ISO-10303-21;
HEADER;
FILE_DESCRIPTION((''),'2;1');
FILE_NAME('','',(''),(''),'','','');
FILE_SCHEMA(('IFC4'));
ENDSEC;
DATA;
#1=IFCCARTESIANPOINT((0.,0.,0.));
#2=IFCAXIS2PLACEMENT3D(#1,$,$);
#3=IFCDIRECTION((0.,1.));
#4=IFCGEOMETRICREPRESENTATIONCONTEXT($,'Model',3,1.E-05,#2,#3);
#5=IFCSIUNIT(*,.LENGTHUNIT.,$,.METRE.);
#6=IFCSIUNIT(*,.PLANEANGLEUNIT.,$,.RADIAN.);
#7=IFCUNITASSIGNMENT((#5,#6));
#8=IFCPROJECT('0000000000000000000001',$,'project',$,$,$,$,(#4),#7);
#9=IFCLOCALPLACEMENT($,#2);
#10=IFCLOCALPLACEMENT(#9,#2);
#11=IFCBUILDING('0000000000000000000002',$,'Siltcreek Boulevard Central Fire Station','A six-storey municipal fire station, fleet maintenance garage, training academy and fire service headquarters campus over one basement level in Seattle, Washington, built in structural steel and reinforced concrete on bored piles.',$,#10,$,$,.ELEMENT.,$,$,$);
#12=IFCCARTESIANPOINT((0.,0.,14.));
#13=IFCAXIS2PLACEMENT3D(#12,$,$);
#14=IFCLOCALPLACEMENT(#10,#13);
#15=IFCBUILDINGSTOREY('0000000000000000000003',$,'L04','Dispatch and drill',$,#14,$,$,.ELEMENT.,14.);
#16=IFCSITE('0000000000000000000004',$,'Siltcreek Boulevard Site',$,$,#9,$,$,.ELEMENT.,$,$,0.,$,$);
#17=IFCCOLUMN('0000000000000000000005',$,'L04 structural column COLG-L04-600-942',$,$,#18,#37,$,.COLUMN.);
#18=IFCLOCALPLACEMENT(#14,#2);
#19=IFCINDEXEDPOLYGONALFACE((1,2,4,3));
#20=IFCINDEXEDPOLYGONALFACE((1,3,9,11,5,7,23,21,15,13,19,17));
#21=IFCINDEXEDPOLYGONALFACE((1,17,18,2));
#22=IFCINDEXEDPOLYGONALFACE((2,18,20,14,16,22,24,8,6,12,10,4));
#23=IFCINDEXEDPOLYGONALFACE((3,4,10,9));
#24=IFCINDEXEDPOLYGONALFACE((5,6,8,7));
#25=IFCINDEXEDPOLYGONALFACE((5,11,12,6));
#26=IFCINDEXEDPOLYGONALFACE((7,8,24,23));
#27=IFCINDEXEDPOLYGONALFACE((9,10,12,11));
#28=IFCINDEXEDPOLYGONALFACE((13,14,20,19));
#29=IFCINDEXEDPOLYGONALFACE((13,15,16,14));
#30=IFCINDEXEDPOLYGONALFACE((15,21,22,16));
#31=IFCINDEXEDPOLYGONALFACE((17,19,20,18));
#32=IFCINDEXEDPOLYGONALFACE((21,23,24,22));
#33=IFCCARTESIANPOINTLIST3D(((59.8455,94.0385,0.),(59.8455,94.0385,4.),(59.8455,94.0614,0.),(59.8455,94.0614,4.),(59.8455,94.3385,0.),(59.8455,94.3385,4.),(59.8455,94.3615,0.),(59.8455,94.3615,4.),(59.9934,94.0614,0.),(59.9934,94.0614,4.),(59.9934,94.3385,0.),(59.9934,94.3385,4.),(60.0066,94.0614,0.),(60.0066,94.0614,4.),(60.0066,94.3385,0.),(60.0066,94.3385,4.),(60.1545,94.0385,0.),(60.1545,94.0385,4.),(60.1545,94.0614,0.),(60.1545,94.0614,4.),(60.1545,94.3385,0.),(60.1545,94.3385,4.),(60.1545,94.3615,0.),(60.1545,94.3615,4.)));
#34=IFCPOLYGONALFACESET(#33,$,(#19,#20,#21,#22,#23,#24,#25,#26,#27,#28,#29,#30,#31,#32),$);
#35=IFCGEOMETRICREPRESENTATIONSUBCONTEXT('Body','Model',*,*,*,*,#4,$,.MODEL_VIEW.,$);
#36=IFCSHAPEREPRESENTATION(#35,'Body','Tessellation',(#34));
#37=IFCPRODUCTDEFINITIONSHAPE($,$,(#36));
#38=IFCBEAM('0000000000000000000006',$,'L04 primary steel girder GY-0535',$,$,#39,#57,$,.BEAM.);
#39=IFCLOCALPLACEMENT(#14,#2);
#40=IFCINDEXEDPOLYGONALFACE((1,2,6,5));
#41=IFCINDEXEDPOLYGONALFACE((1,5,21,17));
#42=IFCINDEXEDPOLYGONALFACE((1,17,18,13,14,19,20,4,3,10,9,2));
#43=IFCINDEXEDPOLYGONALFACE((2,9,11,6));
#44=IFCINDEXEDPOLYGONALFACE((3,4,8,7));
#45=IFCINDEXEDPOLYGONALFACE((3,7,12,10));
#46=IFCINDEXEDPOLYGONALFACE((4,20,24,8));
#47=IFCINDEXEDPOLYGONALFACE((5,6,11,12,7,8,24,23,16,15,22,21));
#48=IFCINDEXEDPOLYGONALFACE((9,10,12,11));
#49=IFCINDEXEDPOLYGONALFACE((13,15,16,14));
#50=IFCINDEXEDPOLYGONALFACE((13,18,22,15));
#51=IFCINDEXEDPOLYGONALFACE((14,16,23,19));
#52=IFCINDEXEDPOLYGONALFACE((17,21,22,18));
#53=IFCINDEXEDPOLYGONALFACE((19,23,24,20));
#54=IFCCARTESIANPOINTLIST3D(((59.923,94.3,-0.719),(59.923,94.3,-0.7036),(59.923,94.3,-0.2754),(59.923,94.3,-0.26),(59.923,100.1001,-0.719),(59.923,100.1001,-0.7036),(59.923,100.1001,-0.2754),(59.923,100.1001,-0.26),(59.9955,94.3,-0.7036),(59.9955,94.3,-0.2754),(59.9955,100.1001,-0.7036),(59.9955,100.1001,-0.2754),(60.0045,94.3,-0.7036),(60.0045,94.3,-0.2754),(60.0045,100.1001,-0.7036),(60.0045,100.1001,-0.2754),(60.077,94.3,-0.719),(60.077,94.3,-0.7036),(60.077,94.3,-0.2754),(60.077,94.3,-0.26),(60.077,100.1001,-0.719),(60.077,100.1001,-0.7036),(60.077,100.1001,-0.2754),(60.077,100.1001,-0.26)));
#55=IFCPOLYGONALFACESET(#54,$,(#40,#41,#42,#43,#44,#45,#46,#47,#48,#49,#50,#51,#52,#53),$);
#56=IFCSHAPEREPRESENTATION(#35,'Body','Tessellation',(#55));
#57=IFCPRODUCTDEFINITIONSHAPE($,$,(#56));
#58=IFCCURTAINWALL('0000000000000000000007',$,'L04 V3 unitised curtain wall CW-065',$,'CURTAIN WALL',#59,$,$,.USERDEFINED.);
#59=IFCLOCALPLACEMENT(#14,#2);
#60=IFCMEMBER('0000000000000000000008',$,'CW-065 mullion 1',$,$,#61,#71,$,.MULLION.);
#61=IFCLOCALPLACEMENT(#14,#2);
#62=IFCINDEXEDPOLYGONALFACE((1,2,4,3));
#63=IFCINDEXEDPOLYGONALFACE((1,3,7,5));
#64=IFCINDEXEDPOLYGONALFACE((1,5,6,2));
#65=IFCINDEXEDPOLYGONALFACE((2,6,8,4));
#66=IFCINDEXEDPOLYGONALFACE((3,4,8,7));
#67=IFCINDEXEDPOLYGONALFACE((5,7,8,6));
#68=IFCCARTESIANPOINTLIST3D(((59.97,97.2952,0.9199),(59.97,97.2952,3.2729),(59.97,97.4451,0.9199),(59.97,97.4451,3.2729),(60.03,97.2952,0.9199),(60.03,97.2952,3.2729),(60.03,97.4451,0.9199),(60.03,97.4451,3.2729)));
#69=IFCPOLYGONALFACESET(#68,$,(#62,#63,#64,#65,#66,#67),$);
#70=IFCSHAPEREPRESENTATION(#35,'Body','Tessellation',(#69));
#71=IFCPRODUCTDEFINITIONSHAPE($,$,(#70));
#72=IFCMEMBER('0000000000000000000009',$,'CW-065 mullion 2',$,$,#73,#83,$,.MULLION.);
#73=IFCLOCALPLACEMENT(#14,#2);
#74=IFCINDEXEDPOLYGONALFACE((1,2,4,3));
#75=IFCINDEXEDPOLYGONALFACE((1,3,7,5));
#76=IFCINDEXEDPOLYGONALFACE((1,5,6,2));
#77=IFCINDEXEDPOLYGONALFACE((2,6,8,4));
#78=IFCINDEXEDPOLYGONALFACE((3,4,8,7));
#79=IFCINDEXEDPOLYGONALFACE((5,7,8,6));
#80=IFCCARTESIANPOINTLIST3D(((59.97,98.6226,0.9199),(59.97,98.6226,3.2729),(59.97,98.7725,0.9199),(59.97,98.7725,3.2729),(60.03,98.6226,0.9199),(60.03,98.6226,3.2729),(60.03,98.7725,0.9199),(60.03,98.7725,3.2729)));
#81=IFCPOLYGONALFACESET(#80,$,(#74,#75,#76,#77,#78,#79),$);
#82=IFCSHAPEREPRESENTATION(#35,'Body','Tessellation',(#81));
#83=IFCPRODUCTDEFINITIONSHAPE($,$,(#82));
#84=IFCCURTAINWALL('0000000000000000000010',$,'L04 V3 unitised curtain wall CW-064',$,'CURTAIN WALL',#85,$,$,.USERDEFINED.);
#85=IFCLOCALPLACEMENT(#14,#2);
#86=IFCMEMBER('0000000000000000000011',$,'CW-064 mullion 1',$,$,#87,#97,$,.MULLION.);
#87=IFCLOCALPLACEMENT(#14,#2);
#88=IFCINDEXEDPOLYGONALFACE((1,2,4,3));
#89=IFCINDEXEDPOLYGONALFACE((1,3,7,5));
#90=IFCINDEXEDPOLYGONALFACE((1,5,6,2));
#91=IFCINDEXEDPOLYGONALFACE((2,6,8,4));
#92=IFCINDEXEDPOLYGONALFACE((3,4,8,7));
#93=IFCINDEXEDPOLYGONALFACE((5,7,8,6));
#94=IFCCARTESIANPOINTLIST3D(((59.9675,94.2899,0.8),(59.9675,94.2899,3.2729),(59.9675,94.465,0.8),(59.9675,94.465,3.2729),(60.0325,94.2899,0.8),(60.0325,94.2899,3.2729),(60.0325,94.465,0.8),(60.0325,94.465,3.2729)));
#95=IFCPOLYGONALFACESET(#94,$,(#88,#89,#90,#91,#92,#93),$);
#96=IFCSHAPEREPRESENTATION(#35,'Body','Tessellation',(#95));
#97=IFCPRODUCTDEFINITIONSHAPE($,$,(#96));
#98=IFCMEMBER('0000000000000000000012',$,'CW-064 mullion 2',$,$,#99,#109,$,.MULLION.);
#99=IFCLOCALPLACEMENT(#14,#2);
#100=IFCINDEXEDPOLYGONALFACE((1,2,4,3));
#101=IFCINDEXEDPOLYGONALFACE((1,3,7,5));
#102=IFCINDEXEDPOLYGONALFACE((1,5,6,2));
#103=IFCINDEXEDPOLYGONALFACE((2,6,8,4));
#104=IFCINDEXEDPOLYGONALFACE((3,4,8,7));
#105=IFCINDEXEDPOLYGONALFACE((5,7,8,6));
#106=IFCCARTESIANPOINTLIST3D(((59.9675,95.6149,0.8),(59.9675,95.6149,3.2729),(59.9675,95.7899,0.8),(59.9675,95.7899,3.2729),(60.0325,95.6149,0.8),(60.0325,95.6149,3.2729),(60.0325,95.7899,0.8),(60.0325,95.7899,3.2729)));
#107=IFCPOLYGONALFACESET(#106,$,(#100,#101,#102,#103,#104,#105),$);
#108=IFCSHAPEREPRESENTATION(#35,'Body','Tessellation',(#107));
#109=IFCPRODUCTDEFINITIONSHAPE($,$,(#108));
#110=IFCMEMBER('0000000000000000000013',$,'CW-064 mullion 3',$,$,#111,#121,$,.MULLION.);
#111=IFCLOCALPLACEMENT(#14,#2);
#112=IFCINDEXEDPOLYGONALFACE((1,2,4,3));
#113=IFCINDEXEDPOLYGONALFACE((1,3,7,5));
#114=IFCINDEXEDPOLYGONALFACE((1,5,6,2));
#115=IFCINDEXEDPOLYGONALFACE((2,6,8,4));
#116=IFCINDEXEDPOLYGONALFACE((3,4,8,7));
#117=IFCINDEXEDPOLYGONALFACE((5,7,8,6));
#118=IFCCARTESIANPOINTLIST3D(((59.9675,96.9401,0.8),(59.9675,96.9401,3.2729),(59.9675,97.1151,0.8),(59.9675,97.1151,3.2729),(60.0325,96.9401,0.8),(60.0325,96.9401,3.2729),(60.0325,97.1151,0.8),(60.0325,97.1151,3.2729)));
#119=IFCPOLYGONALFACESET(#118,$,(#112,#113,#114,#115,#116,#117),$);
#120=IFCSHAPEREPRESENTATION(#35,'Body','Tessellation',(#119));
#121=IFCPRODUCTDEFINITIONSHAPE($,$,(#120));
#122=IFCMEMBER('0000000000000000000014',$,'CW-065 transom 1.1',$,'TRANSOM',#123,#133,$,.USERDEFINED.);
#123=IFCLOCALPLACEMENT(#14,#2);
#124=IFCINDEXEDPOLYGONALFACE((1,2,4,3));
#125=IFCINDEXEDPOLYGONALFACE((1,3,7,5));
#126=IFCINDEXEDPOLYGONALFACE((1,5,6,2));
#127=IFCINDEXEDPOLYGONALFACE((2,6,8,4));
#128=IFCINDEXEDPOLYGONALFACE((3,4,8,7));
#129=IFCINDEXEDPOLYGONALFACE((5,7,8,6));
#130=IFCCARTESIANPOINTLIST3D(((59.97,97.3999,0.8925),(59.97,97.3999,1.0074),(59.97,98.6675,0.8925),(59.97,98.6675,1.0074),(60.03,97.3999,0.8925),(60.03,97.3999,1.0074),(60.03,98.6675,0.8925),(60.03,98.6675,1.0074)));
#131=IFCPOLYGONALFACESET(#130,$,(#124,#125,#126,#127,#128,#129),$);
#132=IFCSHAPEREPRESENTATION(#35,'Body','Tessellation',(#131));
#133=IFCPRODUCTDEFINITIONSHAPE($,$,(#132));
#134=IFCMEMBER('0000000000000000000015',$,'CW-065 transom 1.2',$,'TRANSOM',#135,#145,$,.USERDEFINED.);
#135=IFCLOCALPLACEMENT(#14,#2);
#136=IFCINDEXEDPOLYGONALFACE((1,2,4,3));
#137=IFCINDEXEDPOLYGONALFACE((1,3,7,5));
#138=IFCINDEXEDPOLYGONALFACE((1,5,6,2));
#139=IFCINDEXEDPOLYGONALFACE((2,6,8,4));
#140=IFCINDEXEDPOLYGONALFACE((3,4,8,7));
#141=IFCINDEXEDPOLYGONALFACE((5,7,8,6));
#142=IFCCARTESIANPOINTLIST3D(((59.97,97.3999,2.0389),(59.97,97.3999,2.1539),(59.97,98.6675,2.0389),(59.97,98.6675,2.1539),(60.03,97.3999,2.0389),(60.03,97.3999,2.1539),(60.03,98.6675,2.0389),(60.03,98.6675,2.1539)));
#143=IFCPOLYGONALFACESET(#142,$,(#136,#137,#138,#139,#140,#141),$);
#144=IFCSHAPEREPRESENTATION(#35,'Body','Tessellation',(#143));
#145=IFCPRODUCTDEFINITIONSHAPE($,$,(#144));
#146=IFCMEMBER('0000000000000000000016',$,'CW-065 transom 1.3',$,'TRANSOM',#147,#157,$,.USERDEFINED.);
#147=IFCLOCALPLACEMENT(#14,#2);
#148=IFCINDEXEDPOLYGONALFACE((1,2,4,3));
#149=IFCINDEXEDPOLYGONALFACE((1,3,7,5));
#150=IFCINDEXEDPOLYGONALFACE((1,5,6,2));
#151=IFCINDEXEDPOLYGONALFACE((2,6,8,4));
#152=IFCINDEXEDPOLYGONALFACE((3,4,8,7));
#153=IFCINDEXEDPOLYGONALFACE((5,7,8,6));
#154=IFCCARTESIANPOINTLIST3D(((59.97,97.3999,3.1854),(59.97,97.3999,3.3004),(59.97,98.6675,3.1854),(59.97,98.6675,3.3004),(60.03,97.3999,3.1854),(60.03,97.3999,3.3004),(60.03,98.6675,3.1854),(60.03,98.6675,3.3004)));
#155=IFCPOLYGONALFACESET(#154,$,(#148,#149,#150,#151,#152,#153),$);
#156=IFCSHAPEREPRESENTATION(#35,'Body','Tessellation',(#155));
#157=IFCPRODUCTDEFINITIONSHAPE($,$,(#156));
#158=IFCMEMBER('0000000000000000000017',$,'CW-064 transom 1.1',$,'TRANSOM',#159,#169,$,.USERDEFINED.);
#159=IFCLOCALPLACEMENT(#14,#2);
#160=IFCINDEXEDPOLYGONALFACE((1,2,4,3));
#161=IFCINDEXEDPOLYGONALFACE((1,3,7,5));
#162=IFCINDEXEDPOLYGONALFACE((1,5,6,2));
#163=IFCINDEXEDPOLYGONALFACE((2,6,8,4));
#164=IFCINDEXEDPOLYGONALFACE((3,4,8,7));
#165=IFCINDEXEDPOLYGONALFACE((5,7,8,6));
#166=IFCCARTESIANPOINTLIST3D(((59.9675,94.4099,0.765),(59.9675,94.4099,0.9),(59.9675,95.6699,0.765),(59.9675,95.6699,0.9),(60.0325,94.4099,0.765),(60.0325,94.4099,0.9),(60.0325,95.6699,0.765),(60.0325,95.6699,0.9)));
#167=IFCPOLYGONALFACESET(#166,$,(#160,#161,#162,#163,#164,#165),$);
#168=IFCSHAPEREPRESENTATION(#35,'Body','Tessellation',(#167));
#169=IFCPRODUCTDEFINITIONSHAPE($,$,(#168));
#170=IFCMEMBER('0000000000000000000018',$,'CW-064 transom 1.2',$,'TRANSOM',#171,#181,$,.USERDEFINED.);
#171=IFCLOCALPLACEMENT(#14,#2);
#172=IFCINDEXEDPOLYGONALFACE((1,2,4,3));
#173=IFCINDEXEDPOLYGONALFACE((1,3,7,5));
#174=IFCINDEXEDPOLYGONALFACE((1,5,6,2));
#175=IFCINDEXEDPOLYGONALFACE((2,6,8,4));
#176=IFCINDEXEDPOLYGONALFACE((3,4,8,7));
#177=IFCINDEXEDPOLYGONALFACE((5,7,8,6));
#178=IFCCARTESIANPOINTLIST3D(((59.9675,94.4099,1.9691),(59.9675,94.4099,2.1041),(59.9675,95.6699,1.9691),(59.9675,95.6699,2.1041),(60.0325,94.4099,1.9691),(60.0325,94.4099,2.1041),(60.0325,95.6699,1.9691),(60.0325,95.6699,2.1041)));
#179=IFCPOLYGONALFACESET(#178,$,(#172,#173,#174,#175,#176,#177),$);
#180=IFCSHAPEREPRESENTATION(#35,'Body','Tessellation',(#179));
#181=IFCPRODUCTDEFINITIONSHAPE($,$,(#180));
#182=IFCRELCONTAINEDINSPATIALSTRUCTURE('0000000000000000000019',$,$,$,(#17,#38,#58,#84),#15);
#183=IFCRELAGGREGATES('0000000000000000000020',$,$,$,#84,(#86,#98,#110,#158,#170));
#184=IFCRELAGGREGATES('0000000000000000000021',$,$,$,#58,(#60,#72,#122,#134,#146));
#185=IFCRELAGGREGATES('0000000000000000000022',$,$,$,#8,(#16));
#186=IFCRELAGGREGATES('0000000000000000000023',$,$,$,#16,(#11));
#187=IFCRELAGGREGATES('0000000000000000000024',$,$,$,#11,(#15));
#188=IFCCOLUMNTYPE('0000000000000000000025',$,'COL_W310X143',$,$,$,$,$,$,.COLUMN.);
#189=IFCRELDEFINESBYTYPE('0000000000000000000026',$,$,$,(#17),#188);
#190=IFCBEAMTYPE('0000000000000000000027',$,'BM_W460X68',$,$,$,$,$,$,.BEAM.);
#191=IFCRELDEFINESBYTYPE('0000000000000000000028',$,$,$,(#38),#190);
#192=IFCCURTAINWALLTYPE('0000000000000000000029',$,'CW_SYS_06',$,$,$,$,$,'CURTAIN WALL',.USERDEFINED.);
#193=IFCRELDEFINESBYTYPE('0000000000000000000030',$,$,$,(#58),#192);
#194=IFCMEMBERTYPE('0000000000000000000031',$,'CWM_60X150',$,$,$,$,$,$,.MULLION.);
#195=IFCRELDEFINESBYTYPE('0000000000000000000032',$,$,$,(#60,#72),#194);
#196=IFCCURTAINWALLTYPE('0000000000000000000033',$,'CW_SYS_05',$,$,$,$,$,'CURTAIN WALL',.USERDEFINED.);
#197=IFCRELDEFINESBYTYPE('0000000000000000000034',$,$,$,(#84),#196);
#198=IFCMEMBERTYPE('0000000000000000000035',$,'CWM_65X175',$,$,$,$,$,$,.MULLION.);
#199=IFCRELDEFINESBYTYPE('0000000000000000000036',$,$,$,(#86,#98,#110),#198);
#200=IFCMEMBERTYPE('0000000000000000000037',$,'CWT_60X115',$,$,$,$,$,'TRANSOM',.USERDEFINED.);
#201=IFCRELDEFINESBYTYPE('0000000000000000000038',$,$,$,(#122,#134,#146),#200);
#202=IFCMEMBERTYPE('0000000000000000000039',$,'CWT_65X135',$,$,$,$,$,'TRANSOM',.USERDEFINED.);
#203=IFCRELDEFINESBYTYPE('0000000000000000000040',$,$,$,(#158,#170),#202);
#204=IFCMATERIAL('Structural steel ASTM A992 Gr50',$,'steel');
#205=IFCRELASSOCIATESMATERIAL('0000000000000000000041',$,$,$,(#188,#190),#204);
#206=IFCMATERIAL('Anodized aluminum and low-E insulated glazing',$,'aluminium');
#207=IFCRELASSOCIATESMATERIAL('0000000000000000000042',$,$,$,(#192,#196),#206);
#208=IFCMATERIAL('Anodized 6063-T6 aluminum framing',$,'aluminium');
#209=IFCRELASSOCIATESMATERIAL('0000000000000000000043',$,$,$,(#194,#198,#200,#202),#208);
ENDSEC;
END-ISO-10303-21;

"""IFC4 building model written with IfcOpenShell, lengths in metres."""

from ifc_helpers import new_model, si_unit, direction, frame, origin, origin_2d, place, context, subcontext, project, spatial, rectangle, i_section, extrude, material, material_profile, profile_set, type_object, element, aggregate, save


model = new_model("IFC4")

# Units and contexts
model_context = context("Model", 3, precision=1e-05, world=origin(), true_north=direction((0.0, 1.0)))
body_context = subcontext(model_context, "Body", "Model", "MODEL_VIEW")
ifc_project = project(units=[si_unit("LENGTHUNIT", "METRE"), si_unit("PLANEANGLEUNIT", "RADIAN")], contexts=[model_context])

# Site, building, storey
site_placement = place(None, origin())
site = spatial("IfcSite", under=ifc_project, at=site_placement, Name="Siltcreek Boulevard Site", CompositionType="ELEMENT", RefElevation=0.0)
building_placement = place(site_placement, origin())
building = spatial("IfcBuilding", under=site, at=building_placement, Name="Siltcreek Boulevard Central Fire Station", Description="A six-storey municipal fire station, fleet maintenance garage, training academy and fire service headquarters campus over one basement level in Seattle, Washington, built in structural steel and reinforced concrete on bored piles.", CompositionType="ELEMENT")
storey_placement = place(building_placement, frame((0.0, 0.0, 14.0)))
storey = spatial("IfcBuildingStorey", under=building, at=storey_placement, Name="L04", Description="Dispatch and drill", CompositionType="ELEMENT", Elevation=14.0)

# Column
ifc_material_1 = material(Name="Structural steel ASTM A992 Gr50", Category="steel")
ifc_material_profile_1 = material_profile(ifc_material_1, i_section(OverallWidth=0.3091, OverallDepth=0.323, WebThickness=0.0132, FlangeThickness=0.0229, at=origin_2d()), Name="W310X143")
ifc_profile_set_1 = profile_set([ifc_material_profile_1], Name="Structural steel ASTM A992 Gr50")
column_type = type_object("IfcColumnType", Name="COL_W310X143", PredefinedType="COLUMN", material=ifc_profile_set_1)
column_placement = place(storey_placement, frame((60.0, 94.2, 0.0), z_axis=(0.0, 0.0, 1.0), x_axis=(1.0, 0.0, 0.0)))
element("IfcColumn", 1, at=column_placement, inside=storey, type_object=column_type, Name="L04 structural column COLG-L04-600-942", PredefinedType="COLUMN", context=body_context, shape_type="SweptSolid", body=[
    extrude(i_section(OverallWidth=0.3091, OverallDepth=0.323, WebThickness=0.0132, FlangeThickness=0.0229, at=origin_2d()), origin(), (0.0, 0.0, 1.0), 4.0),
])

# Beam
ifc_material_profile_2 = material_profile(ifc_material_1, i_section(OverallWidth=0.1541, OverallDepth=0.459, WebThickness=0.009, FlangeThickness=0.0154, at=origin_2d()), Name="W460X68")
ifc_profile_set_2 = profile_set([ifc_material_profile_2], Name="Structural steel ASTM A992 Gr50")
beam_type = type_object("IfcBeamType", Name="BM_W460X68", PredefinedType="BEAM", material=ifc_profile_set_2)
beam_placement = place(storey_placement, frame((60.0, 94.3, -0.4895), z_axis=(0.0, 1.0, 0.0), x_axis=(-1.0, 0.0, 0.0)))
element("IfcBeam", 2, at=beam_placement, inside=storey, type_object=beam_type, Name="L04 primary steel girder GY-0535", PredefinedType="BEAM", context=body_context, shape_type="SweptSolid", body=[
    extrude(i_section(OverallWidth=0.1541, OverallDepth=0.459, WebThickness=0.009, FlangeThickness=0.0154, at=origin_2d()), origin(), (0.0, 0.0, 1.0), 5.8),
])

# Curtain walls, members
ifc_material_2 = material(Name="Anodized aluminum and low-E insulated glazing", Category="aluminium")
curtain_wall_type_1 = type_object("IfcCurtainWallType", Name="CW_SYS_06", ElementType="CURTAIN WALL", PredefinedType="USERDEFINED", material=ifc_material_2)
curtain_wall_1_placement = place(storey_placement, origin())
curtain_wall_1 = element("IfcCurtainWall", 3, at=curtain_wall_1_placement, inside=storey, type_object=curtain_wall_type_1, Name="L04 V3 unitised curtain wall CW-065", ObjectType="CURTAIN WALL", PredefinedType="USERDEFINED")
ifc_material_3 = material(Name="Anodized 6063-T6 aluminum framing", Category="aluminium")
ifc_material_profile_3 = material_profile(ifc_material_3, rectangle(XDim=0.0601, YDim=0.1499, at=origin_2d()), Name="MULL60X150")
ifc_profile_set_3 = profile_set([ifc_material_profile_3], Name="Anodized 6063-T6 aluminum framing")
member_type_1 = type_object("IfcMemberType", Name="CWM_60X150", PredefinedType="MULLION", material=ifc_profile_set_3)
member_1_placement = place(storey_placement, frame((60.0, 97.3701, 0.9199), z_axis=(0.0, 0.0, 1.0), x_axis=(-1.0, 0.0, 0.0)))
member_1 = element("IfcMember", 4, at=member_1_placement, type_object=member_type_1, Name="CW-065 mullion 1", PredefinedType="MULLION", context=body_context, shape_type="SweptSolid", body=[
    extrude(rectangle(XDim=0.0601, YDim=0.1499, at=origin_2d()), origin(), (0.0, 0.0, 1.0), 2.353),
])
member_2_placement = place(storey_placement, frame((60.0, 98.6975, 0.9199), z_axis=(0.0, 0.0, 1.0), x_axis=(-1.0, 0.0, 0.0)))
member_2 = element("IfcMember", 5, at=member_2_placement, type_object=member_type_1, Name="CW-065 mullion 2", PredefinedType="MULLION", context=body_context, shape_type="SweptSolid", body=[
    extrude(rectangle(XDim=0.0601, YDim=0.1499, at=origin_2d()), origin(), (0.0, 0.0, 1.0), 2.353),
])
curtain_wall_type_2 = type_object("IfcCurtainWallType", Name="CW_SYS_05", ElementType="CURTAIN WALL", PredefinedType="USERDEFINED", material=ifc_material_2)
curtain_wall_2_placement = place(storey_placement, origin())
curtain_wall_2 = element("IfcCurtainWall", 6, at=curtain_wall_2_placement, inside=storey, type_object=curtain_wall_type_2, Name="L04 V3 unitised curtain wall CW-064", ObjectType="CURTAIN WALL", PredefinedType="USERDEFINED")
ifc_material_profile_4 = material_profile(ifc_material_3, rectangle(XDim=0.0649, YDim=0.175, at=origin_2d()), Name="MULL65X175")
ifc_profile_set_4 = profile_set([ifc_material_profile_4], Name="Anodized 6063-T6 aluminum framing")
member_type_2 = type_object("IfcMemberType", Name="CWM_65X175", PredefinedType="MULLION", material=ifc_profile_set_4)
member_3_placement = place(storey_placement, frame((60.0, 94.3774, 0.8), z_axis=(0.0, 0.0, 1.0), x_axis=(-1.0, 0.0, 0.0)))
member_3 = element("IfcMember", 7, at=member_3_placement, type_object=member_type_2, Name="CW-064 mullion 1", PredefinedType="MULLION", context=body_context, shape_type="SweptSolid", body=[
    extrude(rectangle(XDim=0.0649, YDim=0.175, at=origin_2d()), origin(), (0.0, 0.0, 1.0), 2.4729),
])
member_4_placement = place(storey_placement, frame((60.0, 95.7024, 0.8), z_axis=(0.0, 0.0, 1.0), x_axis=(-1.0, 0.0, 0.0)))
member_4 = element("IfcMember", 8, at=member_4_placement, type_object=member_type_2, Name="CW-064 mullion 2", PredefinedType="MULLION", context=body_context, shape_type="SweptSolid", body=[
    extrude(rectangle(XDim=0.0649, YDim=0.175, at=origin_2d()), origin(), (0.0, 0.0, 1.0), 2.4729),
])
member_5_placement = place(storey_placement, frame((60.0, 97.0276, 0.8), z_axis=(0.0, 0.0, 1.0), x_axis=(-1.0, 0.0, 0.0)))
member_5 = element("IfcMember", 9, at=member_5_placement, type_object=member_type_2, Name="CW-064 mullion 3", PredefinedType="MULLION", context=body_context, shape_type="SweptSolid", body=[
    extrude(rectangle(XDim=0.0649, YDim=0.175, at=origin_2d()), origin(), (0.0, 0.0, 1.0), 2.4729),
])

# Members
ifc_material_profile_5 = material_profile(ifc_material_3, rectangle(XDim=0.0601, YDim=0.115, at=origin_2d()), Name="TRAN60X115")
ifc_profile_set_5 = profile_set([ifc_material_profile_5], Name="Anodized 6063-T6 aluminum framing")
member_type_3 = type_object("IfcMemberType", Name="CWT_60X115", ElementType="TRANSOM", PredefinedType="USERDEFINED", material=ifc_profile_set_5)
member_6_placement = place(storey_placement, frame((60.0, 97.3999, 0.95), z_axis=(0.0, 1.0, 0.0), x_axis=(-1.0, 0.0, 0.0)))
member_6 = element("IfcMember", 10, at=member_6_placement, type_object=member_type_3, Name="CW-065 transom 1.1", ObjectType="TRANSOM", PredefinedType="USERDEFINED", context=body_context, shape_type="SweptSolid", body=[
    extrude(rectangle(XDim=0.0601, YDim=0.115, at=origin_2d()), origin(), (0.0, 0.0, 1.0), 1.2676),
])
member_7_placement = place(storey_placement, frame((60.0, 97.3999, 2.0964), z_axis=(0.0, 1.0, 0.0), x_axis=(-1.0, 0.0, 0.0)))
member_7 = element("IfcMember", 11, at=member_7_placement, type_object=member_type_3, Name="CW-065 transom 1.2", ObjectType="TRANSOM", PredefinedType="USERDEFINED", context=body_context, shape_type="SweptSolid", body=[
    extrude(rectangle(XDim=0.0601, YDim=0.115, at=origin_2d()), origin(), (0.0, 0.0, 1.0), 1.2676),
])
member_8_placement = place(storey_placement, frame((60.0, 97.3999, 3.2429), z_axis=(0.0, 1.0, 0.0), x_axis=(-1.0, 0.0, 0.0)))
member_8 = element("IfcMember", 12, at=member_8_placement, type_object=member_type_3, Name="CW-065 transom 1.3", ObjectType="TRANSOM", PredefinedType="USERDEFINED", context=body_context, shape_type="SweptSolid", body=[
    extrude(rectangle(XDim=0.0601, YDim=0.115, at=origin_2d()), origin(), (0.0, 0.0, 1.0), 1.2676),
])
ifc_material_profile_6 = material_profile(ifc_material_3, rectangle(XDim=0.0649, YDim=0.135, at=origin_2d()), Name="TRAN65X135")
ifc_profile_set_6 = profile_set([ifc_material_profile_6], Name="Anodized 6063-T6 aluminum framing")
member_type_4 = type_object("IfcMemberType", Name="CWT_65X135", ElementType="TRANSOM", PredefinedType="USERDEFINED", material=ifc_profile_set_6)
member_9_placement = place(storey_placement, frame((60.0, 94.4099, 0.8325), z_axis=(0.0, 1.0, 0.0), x_axis=(-1.0, 0.0, 0.0)))
member_9 = element("IfcMember", 13, at=member_9_placement, type_object=member_type_4, Name="CW-064 transom 1.1", ObjectType="TRANSOM", PredefinedType="USERDEFINED", context=body_context, shape_type="SweptSolid", body=[
    extrude(rectangle(XDim=0.0649, YDim=0.135, at=origin_2d()), origin(), (0.0, 0.0, 1.0), 1.26),
])
member_10_placement = place(storey_placement, frame((60.0, 94.4099, 2.0366), z_axis=(0.0, 1.0, 0.0), x_axis=(-1.0, 0.0, 0.0)))
member_10 = element("IfcMember", 14, at=member_10_placement, type_object=member_type_4, Name="CW-064 transom 1.2", ObjectType="TRANSOM", PredefinedType="USERDEFINED", context=body_context, shape_type="SweptSolid", body=[
    extrude(rectangle(XDim=0.0649, YDim=0.135, at=origin_2d()), origin(), (0.0, 0.0, 1.0), 1.26),
])

aggregate(curtain_wall_2, [member_3, member_4, member_5, member_9, member_10])
aggregate(curtain_wall_1, [member_1, member_2, member_6, member_7, member_8])

save(model, "model.ifc")
